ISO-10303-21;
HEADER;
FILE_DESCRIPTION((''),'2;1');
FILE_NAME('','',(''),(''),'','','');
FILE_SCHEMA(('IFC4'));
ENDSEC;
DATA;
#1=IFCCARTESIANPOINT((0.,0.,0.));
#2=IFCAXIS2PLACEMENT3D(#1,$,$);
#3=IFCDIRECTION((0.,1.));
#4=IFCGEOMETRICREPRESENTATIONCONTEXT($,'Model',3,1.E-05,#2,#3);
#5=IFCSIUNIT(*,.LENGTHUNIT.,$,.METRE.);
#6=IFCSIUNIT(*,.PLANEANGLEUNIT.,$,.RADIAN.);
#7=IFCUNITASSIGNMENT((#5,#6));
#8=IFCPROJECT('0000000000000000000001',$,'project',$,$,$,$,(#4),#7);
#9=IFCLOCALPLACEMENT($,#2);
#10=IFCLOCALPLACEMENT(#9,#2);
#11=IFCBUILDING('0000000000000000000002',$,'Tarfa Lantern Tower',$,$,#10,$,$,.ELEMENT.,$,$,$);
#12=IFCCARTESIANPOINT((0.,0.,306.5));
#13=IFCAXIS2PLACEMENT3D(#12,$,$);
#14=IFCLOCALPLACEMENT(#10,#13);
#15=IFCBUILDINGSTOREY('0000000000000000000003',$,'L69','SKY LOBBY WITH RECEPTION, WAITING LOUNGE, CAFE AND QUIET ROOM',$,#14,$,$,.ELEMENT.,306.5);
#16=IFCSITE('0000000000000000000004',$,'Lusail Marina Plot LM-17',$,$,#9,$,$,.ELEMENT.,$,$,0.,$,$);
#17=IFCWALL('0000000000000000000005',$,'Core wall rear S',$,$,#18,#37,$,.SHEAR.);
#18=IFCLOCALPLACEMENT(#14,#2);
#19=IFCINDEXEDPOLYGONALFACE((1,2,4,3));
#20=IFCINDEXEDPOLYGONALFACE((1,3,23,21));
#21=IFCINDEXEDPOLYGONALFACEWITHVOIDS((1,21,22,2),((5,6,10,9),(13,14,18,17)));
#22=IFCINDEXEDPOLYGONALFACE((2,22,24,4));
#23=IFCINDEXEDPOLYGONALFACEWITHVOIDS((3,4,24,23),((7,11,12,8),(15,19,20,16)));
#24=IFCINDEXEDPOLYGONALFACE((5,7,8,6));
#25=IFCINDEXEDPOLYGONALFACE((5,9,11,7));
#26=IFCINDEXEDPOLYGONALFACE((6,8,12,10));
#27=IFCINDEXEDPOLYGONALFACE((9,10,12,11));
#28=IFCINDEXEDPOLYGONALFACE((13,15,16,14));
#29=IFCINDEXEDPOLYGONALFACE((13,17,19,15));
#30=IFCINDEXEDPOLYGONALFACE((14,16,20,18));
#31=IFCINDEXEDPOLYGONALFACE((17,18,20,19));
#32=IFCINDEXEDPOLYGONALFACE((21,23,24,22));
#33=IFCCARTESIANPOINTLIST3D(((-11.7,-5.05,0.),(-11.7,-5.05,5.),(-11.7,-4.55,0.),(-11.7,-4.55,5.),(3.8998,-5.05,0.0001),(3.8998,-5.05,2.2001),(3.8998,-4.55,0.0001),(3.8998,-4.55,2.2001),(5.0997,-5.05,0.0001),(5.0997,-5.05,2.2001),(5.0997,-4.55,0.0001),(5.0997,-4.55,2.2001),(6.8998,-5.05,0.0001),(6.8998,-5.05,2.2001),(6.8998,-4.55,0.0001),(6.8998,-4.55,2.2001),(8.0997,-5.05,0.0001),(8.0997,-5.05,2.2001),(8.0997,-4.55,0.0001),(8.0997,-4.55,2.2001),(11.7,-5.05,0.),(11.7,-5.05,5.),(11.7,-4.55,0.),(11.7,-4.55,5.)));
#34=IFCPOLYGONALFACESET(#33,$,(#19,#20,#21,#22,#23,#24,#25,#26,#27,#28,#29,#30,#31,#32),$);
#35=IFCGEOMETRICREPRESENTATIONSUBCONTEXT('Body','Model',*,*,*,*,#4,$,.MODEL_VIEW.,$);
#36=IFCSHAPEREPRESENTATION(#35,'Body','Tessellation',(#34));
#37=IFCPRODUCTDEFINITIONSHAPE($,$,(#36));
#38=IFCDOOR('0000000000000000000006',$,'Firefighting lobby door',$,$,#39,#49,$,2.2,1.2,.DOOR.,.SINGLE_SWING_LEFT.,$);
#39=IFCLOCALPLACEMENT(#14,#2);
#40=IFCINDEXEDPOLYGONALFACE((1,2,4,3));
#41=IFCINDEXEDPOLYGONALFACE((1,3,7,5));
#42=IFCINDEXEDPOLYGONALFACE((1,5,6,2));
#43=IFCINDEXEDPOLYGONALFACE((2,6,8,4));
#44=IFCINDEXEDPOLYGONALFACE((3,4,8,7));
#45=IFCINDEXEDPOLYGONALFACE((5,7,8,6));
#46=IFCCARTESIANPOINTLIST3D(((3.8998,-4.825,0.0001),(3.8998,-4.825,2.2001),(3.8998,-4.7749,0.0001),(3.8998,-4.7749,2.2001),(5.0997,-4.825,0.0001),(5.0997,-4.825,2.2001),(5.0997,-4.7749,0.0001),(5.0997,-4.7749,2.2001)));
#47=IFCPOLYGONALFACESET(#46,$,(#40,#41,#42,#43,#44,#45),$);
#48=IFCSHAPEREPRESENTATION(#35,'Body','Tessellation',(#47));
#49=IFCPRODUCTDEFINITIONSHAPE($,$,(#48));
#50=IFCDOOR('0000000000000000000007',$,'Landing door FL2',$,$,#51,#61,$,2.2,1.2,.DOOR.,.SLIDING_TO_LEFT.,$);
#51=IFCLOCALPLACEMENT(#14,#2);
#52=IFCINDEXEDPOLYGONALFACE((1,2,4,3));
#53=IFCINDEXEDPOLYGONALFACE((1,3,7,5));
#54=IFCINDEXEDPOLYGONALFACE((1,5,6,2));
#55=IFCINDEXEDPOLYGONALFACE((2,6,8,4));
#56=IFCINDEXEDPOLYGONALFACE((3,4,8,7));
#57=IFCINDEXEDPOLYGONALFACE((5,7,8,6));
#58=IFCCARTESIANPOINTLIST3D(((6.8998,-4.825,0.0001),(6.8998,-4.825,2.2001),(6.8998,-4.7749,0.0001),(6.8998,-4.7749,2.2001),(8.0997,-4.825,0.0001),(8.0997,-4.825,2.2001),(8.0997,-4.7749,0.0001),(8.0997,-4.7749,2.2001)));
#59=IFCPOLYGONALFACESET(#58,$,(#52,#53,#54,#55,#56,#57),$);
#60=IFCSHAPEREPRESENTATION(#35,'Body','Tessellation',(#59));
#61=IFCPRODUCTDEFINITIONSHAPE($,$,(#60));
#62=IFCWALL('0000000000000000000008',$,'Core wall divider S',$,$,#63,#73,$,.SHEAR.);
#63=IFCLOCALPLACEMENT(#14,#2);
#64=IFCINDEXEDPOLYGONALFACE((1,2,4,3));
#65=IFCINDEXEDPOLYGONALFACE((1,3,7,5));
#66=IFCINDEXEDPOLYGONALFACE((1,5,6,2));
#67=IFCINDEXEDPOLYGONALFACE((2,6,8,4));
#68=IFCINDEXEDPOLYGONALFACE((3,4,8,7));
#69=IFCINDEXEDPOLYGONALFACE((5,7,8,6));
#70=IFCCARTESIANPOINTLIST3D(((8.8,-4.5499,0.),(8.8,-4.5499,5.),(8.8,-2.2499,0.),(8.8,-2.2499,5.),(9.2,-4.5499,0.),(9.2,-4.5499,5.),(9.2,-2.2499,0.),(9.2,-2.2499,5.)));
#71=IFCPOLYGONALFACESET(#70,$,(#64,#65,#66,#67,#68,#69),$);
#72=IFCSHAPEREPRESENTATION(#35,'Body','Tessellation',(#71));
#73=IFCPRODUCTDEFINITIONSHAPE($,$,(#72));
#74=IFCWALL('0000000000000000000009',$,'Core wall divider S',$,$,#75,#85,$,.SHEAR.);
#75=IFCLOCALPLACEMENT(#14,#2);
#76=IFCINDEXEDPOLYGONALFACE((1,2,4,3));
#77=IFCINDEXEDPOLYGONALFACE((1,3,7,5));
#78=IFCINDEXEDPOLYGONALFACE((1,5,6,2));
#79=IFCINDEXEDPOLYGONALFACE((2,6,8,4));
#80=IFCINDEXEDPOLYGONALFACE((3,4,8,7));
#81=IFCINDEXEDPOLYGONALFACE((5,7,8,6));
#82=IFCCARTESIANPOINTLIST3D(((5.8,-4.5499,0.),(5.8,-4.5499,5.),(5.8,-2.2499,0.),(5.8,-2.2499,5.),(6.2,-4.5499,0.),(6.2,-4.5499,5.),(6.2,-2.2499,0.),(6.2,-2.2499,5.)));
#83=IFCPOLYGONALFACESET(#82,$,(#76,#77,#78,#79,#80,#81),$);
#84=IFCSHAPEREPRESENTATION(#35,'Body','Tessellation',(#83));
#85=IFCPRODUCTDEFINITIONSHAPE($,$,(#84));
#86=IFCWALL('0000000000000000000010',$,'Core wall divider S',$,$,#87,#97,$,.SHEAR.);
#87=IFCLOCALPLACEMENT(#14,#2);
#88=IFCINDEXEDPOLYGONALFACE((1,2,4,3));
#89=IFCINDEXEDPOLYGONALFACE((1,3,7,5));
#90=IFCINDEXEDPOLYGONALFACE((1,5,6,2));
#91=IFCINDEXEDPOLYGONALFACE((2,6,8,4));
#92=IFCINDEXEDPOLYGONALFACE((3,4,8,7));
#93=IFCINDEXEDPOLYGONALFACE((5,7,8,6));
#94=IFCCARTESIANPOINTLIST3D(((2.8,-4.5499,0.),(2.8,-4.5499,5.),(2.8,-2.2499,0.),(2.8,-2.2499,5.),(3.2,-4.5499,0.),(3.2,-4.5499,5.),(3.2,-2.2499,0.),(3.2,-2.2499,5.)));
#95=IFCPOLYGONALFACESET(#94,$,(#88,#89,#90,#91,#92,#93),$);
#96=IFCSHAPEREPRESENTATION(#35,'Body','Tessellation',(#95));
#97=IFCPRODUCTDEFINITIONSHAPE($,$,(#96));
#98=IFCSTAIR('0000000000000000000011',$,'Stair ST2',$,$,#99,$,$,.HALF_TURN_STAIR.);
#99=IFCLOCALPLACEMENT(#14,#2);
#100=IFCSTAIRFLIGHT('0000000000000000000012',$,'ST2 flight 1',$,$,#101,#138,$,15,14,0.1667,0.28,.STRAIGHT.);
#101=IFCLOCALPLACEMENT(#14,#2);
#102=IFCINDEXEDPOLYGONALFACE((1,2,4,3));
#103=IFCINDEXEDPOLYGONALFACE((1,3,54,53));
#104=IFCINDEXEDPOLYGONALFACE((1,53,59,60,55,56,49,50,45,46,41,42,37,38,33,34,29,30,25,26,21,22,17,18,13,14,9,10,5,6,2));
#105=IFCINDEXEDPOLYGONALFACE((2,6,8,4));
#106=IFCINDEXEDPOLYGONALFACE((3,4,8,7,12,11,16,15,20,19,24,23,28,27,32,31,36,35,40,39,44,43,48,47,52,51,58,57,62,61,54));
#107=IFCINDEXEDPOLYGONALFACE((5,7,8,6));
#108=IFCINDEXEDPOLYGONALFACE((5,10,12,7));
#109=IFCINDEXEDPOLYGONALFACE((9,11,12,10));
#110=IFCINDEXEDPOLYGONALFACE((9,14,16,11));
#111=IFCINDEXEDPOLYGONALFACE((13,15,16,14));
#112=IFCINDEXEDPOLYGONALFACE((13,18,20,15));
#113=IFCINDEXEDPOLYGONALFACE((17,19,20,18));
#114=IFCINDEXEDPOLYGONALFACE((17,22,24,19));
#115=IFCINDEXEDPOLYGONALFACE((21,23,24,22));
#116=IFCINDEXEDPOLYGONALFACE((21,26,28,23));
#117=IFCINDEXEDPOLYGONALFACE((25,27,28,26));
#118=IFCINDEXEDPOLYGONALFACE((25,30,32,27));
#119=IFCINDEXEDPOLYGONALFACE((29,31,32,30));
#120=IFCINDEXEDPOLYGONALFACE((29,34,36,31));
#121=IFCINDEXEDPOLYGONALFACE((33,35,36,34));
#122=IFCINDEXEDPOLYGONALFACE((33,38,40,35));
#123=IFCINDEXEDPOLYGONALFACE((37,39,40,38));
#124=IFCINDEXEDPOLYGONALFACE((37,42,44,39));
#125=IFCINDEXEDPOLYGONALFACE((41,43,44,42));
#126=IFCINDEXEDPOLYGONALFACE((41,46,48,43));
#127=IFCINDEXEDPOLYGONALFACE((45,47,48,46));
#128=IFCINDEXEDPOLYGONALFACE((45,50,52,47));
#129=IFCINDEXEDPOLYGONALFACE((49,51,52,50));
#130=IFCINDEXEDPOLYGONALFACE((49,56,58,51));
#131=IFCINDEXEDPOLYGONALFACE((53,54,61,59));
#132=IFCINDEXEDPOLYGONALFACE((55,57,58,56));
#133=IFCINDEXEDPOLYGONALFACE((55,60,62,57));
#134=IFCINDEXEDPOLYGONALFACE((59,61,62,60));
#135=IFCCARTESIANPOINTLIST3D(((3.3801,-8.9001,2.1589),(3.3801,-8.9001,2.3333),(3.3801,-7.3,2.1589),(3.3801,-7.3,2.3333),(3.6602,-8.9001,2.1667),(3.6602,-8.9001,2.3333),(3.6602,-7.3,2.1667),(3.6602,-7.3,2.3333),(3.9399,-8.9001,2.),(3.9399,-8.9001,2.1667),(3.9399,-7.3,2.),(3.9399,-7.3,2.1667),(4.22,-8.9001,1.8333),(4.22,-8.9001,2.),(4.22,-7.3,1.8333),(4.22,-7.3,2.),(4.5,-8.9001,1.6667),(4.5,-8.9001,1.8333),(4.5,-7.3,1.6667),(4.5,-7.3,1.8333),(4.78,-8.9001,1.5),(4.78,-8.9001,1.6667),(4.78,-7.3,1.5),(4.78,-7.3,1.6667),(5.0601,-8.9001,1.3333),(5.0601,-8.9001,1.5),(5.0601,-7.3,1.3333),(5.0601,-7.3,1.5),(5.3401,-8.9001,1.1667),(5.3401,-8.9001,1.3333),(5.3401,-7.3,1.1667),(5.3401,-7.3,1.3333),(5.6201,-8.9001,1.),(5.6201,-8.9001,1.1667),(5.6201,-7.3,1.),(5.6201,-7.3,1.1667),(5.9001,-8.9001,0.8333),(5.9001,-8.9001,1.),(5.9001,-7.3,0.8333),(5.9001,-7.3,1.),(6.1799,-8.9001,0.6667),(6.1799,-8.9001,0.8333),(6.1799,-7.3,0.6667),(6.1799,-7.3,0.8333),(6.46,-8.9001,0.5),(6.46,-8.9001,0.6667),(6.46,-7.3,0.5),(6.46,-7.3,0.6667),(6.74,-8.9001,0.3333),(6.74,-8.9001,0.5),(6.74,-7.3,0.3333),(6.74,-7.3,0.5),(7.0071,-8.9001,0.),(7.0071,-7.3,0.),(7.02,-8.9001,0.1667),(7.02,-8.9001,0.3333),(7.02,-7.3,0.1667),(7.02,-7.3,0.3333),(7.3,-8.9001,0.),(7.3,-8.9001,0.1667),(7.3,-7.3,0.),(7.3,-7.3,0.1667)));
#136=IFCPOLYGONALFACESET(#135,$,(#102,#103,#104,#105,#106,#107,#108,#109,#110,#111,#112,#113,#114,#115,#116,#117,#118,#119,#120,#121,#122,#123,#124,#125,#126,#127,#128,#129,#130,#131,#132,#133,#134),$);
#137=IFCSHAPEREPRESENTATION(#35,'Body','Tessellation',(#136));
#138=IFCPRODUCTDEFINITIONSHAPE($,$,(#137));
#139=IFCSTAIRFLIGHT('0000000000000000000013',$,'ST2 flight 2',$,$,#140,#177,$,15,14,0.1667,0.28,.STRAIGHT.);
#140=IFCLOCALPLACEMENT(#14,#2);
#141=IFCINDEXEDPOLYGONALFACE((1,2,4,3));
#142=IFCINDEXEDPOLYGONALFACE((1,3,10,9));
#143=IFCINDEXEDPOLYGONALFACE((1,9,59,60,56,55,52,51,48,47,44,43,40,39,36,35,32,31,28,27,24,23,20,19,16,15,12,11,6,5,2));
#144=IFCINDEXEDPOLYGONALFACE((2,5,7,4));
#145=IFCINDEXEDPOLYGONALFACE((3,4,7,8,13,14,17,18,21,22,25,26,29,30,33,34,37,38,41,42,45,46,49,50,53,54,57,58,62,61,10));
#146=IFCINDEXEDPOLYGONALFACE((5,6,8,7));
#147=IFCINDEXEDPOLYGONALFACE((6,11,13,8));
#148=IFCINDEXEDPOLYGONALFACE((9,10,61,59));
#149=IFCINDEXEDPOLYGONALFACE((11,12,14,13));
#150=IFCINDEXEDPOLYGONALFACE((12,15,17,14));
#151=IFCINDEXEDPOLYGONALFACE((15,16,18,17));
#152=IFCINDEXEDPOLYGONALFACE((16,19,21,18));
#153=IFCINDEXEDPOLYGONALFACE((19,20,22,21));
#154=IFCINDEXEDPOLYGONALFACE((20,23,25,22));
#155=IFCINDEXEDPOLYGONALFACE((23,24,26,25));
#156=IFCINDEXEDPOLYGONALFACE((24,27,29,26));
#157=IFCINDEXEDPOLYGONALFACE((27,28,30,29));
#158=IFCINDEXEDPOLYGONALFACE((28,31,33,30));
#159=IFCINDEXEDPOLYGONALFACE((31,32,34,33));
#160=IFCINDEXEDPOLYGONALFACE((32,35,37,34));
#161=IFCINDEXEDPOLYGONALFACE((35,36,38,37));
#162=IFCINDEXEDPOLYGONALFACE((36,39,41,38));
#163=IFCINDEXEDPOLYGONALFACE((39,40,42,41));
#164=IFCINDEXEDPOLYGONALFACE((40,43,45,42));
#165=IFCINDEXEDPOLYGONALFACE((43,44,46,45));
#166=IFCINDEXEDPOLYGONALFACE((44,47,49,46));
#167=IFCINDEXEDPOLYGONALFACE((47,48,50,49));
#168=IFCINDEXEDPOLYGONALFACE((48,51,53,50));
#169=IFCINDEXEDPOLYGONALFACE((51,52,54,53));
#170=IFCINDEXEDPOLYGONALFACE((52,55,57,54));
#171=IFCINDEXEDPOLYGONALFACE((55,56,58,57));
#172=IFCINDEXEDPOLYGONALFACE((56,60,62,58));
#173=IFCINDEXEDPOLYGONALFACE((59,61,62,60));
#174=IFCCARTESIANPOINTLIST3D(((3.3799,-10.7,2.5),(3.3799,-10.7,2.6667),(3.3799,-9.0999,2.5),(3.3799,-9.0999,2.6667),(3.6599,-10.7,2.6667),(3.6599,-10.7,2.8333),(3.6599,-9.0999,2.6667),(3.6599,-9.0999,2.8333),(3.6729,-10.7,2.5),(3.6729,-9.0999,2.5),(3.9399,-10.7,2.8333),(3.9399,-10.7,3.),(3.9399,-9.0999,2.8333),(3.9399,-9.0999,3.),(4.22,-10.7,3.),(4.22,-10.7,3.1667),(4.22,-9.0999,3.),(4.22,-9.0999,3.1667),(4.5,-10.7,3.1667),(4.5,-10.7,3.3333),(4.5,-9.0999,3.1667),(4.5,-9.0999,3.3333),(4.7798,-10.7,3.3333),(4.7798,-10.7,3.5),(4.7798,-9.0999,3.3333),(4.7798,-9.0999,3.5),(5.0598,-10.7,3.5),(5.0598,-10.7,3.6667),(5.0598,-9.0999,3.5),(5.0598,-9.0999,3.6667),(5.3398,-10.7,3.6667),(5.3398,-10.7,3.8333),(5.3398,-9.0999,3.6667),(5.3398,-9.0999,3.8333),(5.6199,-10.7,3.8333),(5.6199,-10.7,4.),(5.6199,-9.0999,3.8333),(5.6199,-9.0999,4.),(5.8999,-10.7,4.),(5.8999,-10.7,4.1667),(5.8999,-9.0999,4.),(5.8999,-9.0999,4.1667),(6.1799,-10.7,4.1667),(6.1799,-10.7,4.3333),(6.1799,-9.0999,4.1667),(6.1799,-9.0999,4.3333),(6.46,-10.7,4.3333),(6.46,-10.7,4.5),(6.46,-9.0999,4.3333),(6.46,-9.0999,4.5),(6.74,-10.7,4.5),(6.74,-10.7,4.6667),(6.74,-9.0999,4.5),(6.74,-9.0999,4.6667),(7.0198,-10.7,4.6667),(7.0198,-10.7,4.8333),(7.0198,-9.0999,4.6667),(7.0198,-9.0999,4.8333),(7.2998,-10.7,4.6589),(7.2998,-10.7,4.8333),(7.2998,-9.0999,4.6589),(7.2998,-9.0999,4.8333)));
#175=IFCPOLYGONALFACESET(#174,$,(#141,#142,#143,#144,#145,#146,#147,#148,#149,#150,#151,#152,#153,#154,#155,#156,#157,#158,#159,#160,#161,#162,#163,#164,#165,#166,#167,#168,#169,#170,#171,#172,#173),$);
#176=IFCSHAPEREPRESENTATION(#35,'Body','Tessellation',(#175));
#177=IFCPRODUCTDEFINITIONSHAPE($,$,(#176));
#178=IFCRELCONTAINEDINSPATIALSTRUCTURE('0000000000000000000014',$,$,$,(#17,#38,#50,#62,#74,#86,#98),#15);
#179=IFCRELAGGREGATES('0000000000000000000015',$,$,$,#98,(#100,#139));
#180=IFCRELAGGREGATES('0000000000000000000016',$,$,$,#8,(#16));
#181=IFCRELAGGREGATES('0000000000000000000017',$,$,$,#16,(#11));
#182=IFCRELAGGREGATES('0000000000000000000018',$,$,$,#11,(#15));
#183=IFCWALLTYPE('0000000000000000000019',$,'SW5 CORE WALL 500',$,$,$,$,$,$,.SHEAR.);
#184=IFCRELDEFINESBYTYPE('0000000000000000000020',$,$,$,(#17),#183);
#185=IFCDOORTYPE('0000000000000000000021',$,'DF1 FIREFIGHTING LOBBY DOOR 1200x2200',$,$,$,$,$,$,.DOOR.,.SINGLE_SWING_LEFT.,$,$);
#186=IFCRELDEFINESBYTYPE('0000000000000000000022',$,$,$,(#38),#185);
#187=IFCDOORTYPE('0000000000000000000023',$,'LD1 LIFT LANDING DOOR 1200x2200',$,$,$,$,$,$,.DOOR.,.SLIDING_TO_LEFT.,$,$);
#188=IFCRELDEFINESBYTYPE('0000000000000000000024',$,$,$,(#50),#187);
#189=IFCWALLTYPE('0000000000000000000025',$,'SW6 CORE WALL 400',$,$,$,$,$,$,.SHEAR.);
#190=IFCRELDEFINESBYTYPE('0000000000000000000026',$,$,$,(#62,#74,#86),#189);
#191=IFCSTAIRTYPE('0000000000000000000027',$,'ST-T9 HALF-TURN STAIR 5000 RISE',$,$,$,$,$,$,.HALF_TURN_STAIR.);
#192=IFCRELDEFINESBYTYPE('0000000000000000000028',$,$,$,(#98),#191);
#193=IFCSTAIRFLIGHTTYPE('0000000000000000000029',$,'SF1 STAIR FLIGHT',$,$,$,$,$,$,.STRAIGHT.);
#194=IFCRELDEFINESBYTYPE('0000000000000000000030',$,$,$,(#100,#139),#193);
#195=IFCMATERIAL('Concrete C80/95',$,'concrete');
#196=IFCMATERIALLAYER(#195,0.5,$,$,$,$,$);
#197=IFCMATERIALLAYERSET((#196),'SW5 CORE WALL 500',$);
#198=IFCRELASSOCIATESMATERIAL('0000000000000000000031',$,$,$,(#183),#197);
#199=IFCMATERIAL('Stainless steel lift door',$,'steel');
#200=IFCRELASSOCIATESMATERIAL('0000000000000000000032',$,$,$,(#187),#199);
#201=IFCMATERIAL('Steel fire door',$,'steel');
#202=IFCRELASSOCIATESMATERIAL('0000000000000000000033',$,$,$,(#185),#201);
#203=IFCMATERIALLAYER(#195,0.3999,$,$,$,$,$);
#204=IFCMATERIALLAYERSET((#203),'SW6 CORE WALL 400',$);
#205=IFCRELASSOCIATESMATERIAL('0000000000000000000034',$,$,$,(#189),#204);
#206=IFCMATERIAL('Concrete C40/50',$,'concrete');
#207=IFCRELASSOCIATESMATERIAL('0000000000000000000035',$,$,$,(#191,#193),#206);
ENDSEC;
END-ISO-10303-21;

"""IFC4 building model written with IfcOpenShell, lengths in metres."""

from ifc_helpers import new_model, si_unit, direction, frame, frame_2d, origin, place, context, subcontext, project, spatial, polyline, rectangle, outline, extrude, material, layer, layer_set, type_object, element, fill, aggregate, save


model = new_model("IFC4")

# Units and contexts
model_context = context("Model", 3, precision=1e-05, world=origin(), true_north=direction((0.0, 1.0)))
body_context = subcontext(model_context, "Body", "Model", "MODEL_VIEW")
ifc_project = project(units=[si_unit("LENGTHUNIT", "METRE"), si_unit("PLANEANGLEUNIT", "RADIAN")], contexts=[model_context])

# Site, building, storey
site_placement = place(None, origin())
site = spatial("IfcSite", under=ifc_project, at=site_placement, Name="Lusail Marina Plot LM-17", CompositionType="ELEMENT", RefElevation=0.0)
building_placement = place(site_placement, origin())
building = spatial("IfcBuilding", under=site, at=building_placement, Name="Tarfa Lantern Tower", CompositionType="ELEMENT")
storey_placement = place(building_placement, frame((0.0, 0.0, 306.5)))
storey = spatial("IfcBuildingStorey", under=building, at=storey_placement, Name="L69", Description="SKY LOBBY WITH RECEPTION, WAITING LOUNGE, CAFE AND QUIET ROOM", CompositionType="ELEMENT", Elevation=306.5)

# Shared definitions
ifc_material_1 = material(Name="Concrete C80/95", Category="concrete")

# Shared definitions
ifc_material_2 = material(Name="Steel fire door", Category="steel")
ifc_layer_1 = layer(ifc_material_1, 0.5)
ifc_layer_set_1 = layer_set([ifc_layer_1], Name="SW5 CORE WALL 500")
wall_type_1 = type_object("IfcWallType", Name="SW5 CORE WALL 500", PredefinedType="SHEAR", material=ifc_layer_set_1)
ifc_material_3 = material(Name="Stainless steel lift door", Category="steel")
door_type_1 = type_object("IfcDoorType", Name="LD1 LIFT LANDING DOOR 1200x2200", OperationType="SLIDING_TO_LEFT", PredefinedType="DOOR", material=ifc_material_3)

# Wall, openings, doors
wall_1_placement = place(storey_placement, frame((11.7, -4.8, 0.0), z_axis=(0.0, 0.0, 1.0), x_axis=(-1.0, 0.0, 0.0)))
wall_1 = element("IfcWall", 1, at=wall_1_placement, inside=storey, type_object=wall_type_1, Name="Core wall rear S", PredefinedType="SHEAR", context=body_context, shape_type="SweptSolid", body=[
    extrude(rectangle(XDim=23.3999, YDim=0.5, at=frame_2d((11.7, 0.0))), origin(), (0.0, 0.0, 1.0), 5.0),
])
opening_1_placement = place(wall_1_placement, frame((6.6001, 0.0, 0.0)))
opening_1 = element("IfcOpeningElement", 2, at=opening_1_placement, cuts=wall_1, PredefinedType="OPENING", context=body_context, shape_type="SweptSolid", body=[
    extrude(rectangle(XDim=1.2, YDim=2.2, at=frame_2d((0.6001, 1.1001))), frame((0.0, 0.26, 0.0), z_axis=(0.0, -1.0, 0.0), x_axis=(1.0, 0.0, 0.0)), (0.0, 0.0, 1.0), 0.52),
])
opening_2_placement = place(wall_1_placement, frame((3.6001, 0.0, 0.0)))
opening_2 = element("IfcOpeningElement", 3, at=opening_2_placement, cuts=wall_1, PredefinedType="OPENING", context=body_context, shape_type="SweptSolid", body=[
    extrude(rectangle(XDim=1.2, YDim=2.2, at=frame_2d((0.6001, 1.1001))), frame((0.0, 0.26, 0.0), z_axis=(0.0, -1.0, 0.0), x_axis=(1.0, 0.0, 0.0)), (0.0, 0.0, 1.0), 0.52),
])
door_type_2 = type_object("IfcDoorType", Name="DF1 FIREFIGHTING LOBBY DOOR 1200x2200", OperationType="SINGLE_SWING_LEFT", PredefinedType="DOOR", material=ifc_material_2)
door_1_placement = place(opening_1_placement, origin())
door_1 = element("IfcDoor", 4, at=door_1_placement, inside=storey, type_object=door_type_2, Name="Firefighting lobby door", OperationType="SINGLE_SWING_LEFT", OverallHeight=2.2, OverallWidth=1.2, PredefinedType="DOOR", context=body_context, shape_type="SweptSolid", body=[
    extrude(rectangle(XDim=1.2, YDim=2.2, at=frame_2d((0.6001, 1.1001))), frame((0.0, 0.0249, 0.0), z_axis=(0.0, -1.0, 0.0), x_axis=(1.0, 0.0, 0.0)), (0.0, 0.0, 1.0), 0.05),
])
fill(opening_1, door_1)
door_2_placement = place(opening_2_placement, origin())
door_2 = element("IfcDoor", 5, at=door_2_placement, inside=storey, type_object=door_type_1, Name="Landing door FL2", OperationType="SLIDING_TO_LEFT", OverallHeight=2.2, OverallWidth=1.2, PredefinedType="DOOR", context=body_context, shape_type="SweptSolid", body=[
    extrude(rectangle(XDim=1.2, YDim=2.2, at=frame_2d((0.6001, 1.1001))), frame((0.0, 0.0249, 0.0), z_axis=(0.0, -1.0, 0.0), x_axis=(1.0, 0.0, 0.0)), (0.0, 0.0, 1.0), 0.05),
])
fill(opening_2, door_2)

# Walls
ifc_layer_2 = layer(ifc_material_1, 0.3999)
ifc_layer_set_2 = layer_set([ifc_layer_2], Name="SW6 CORE WALL 400")
wall_type_2 = type_object("IfcWallType", Name="SW6 CORE WALL 400", PredefinedType="SHEAR", material=ifc_layer_set_2)
for number, where, z_axis, x_axis, name in (
    (6, (9.0, -2.25, 0.0), (0.0, 0.0, 1.0), (0.0, -1.0, 0.0), "Core wall divider S"),
    (7, (6.0, -2.25, 0.0), (0.0, 0.0, 1.0), (0.0, -1.0, 0.0), "Core wall divider S"),
    (8, (3.0, -2.25, 0.0), (0.0, 0.0, 1.0), (0.0, -1.0, 0.0), "Core wall divider S"),
):
    element("IfcWall", number, at=place(storey_placement, frame(where, z_axis=z_axis, x_axis=x_axis)), inside=storey, type_object=wall_type_2, Name=name, PredefinedType="SHEAR", context=body_context, shape_type="SweptSolid", body=[
        extrude(rectangle(XDim=2.3, YDim=0.3999, at=frame_2d((1.1499, 0.0))), origin(), (0.0, 0.0, 1.0), 5.0),
    ])

# Stair, stair flights
ifc_material_4 = material(Name="Concrete C40/50", Category="concrete")
stair_type = type_object("IfcStairType", Name="ST-T9 HALF-TURN STAIR 5000 RISE", PredefinedType="HALF_TURN_STAIR", material=ifc_material_4)
stair_placement = place(storey_placement, origin())
stair = element("IfcStair", 9, at=stair_placement, inside=storey, type_object=stair_type, Name="Stair ST2", PredefinedType="HALF_TURN_STAIR")
stair_flight_type = type_object("IfcStairFlightType", Name="SF1 STAIR FLIGHT", PredefinedType="STRAIGHT", material=ifc_material_4)
stair_flight_1_placement = place(storey_placement, frame((7.3, -8.1001, 0.0), z_axis=(0.0, 0.0, 1.0), x_axis=(-1.0, 0.0, 0.0)))
stair_flight_1 = element("IfcStairFlight", 10, at=stair_flight_1_placement, type_object=stair_flight_type, Name="ST2 flight 1", NumberOfRisers=15, NumberOfTreads=14, PredefinedType="STRAIGHT", RiserHeight=0.1667, TreadLength=0.28, context=body_context, shape_type="SweptSolid", body=[
    extrude(outline(polyline([(0.0, 0.0), (0.0, 0.1667), (0.28, 0.1667), (0.28, 0.3333), (0.5601, 0.3333), (0.5601, 0.5), (0.8401, 0.5), (0.8401, 0.6667), (1.1201, 0.6667), (1.1201, 0.8333), (1.3999, 0.8333), (1.3999, 1.0), (1.6799, 1.0), (1.6799, 1.1667), (1.96, 1.1667), (1.96, 1.3333), (2.24, 1.3333), (2.24, 1.5), (2.52, 1.5), (2.52, 1.6667), (2.8, 1.6667), (2.8, 1.8333), (3.0801, 1.8333), (3.0801, 2.0), (3.3601, 2.0), (3.3601, 2.1667), (3.6399, 2.1667), (3.6399, 2.3333), (3.9199, 2.3333), (3.9199, 2.5), (3.9199, 2.1589), (0.293, 0.0), (0.0, 0.0)])), frame((0.0, 0.8, 0.0), z_axis=(0.0, -1.0, 0.0), x_axis=(1.0, 0.0, 0.0)), (0.0, 0.0, 1.0), 1.6001),
])
stair_flight_2_placement = place(storey_placement, frame((3.3799, -9.8999, 2.5), z_axis=(0.0, 0.0, 1.0), x_axis=(1.0, 0.0, 0.0)))
stair_flight_2 = element("IfcStairFlight", 11, at=stair_flight_2_placement, type_object=stair_flight_type, Name="ST2 flight 2", NumberOfRisers=15, NumberOfTreads=14, PredefinedType="STRAIGHT", RiserHeight=0.1667, TreadLength=0.28, context=body_context, shape_type="SweptSolid", body=[
    extrude(outline(polyline([(0.0, 0.0), (0.0, 0.1667), (0.28, 0.1667), (0.28, 0.3333), (0.5601, 0.3333), (0.5601, 0.5), (0.8401, 0.5), (0.8401, 0.6667), (1.1201, 0.6667), (1.1201, 0.8333), (1.3999, 0.8333), (1.3999, 1.0), (1.6799, 1.0), (1.6799, 1.1667), (1.96, 1.1667), (1.96, 1.3333), (2.24, 1.3333), (2.24, 1.5), (2.52, 1.5), (2.52, 1.6667), (2.8, 1.6667), (2.8, 1.8333), (3.0801, 1.8333), (3.0801, 2.0), (3.3601, 2.0), (3.3601, 2.1667), (3.6399, 2.1667), (3.6399, 2.3333), (3.9199, 2.3333), (3.9199, 2.5), (3.9199, 2.1589), (0.293, 0.0), (0.0, 0.0)])), frame((0.0, 0.8, 0.0), z_axis=(0.0, -1.0, 0.0), x_axis=(1.0, 0.0, 0.0)), (0.0, 0.0, 1.0), 1.6001),
])
aggregate(stair, [stair_flight_1, stair_flight_2])

save(model, "model.ifc")
